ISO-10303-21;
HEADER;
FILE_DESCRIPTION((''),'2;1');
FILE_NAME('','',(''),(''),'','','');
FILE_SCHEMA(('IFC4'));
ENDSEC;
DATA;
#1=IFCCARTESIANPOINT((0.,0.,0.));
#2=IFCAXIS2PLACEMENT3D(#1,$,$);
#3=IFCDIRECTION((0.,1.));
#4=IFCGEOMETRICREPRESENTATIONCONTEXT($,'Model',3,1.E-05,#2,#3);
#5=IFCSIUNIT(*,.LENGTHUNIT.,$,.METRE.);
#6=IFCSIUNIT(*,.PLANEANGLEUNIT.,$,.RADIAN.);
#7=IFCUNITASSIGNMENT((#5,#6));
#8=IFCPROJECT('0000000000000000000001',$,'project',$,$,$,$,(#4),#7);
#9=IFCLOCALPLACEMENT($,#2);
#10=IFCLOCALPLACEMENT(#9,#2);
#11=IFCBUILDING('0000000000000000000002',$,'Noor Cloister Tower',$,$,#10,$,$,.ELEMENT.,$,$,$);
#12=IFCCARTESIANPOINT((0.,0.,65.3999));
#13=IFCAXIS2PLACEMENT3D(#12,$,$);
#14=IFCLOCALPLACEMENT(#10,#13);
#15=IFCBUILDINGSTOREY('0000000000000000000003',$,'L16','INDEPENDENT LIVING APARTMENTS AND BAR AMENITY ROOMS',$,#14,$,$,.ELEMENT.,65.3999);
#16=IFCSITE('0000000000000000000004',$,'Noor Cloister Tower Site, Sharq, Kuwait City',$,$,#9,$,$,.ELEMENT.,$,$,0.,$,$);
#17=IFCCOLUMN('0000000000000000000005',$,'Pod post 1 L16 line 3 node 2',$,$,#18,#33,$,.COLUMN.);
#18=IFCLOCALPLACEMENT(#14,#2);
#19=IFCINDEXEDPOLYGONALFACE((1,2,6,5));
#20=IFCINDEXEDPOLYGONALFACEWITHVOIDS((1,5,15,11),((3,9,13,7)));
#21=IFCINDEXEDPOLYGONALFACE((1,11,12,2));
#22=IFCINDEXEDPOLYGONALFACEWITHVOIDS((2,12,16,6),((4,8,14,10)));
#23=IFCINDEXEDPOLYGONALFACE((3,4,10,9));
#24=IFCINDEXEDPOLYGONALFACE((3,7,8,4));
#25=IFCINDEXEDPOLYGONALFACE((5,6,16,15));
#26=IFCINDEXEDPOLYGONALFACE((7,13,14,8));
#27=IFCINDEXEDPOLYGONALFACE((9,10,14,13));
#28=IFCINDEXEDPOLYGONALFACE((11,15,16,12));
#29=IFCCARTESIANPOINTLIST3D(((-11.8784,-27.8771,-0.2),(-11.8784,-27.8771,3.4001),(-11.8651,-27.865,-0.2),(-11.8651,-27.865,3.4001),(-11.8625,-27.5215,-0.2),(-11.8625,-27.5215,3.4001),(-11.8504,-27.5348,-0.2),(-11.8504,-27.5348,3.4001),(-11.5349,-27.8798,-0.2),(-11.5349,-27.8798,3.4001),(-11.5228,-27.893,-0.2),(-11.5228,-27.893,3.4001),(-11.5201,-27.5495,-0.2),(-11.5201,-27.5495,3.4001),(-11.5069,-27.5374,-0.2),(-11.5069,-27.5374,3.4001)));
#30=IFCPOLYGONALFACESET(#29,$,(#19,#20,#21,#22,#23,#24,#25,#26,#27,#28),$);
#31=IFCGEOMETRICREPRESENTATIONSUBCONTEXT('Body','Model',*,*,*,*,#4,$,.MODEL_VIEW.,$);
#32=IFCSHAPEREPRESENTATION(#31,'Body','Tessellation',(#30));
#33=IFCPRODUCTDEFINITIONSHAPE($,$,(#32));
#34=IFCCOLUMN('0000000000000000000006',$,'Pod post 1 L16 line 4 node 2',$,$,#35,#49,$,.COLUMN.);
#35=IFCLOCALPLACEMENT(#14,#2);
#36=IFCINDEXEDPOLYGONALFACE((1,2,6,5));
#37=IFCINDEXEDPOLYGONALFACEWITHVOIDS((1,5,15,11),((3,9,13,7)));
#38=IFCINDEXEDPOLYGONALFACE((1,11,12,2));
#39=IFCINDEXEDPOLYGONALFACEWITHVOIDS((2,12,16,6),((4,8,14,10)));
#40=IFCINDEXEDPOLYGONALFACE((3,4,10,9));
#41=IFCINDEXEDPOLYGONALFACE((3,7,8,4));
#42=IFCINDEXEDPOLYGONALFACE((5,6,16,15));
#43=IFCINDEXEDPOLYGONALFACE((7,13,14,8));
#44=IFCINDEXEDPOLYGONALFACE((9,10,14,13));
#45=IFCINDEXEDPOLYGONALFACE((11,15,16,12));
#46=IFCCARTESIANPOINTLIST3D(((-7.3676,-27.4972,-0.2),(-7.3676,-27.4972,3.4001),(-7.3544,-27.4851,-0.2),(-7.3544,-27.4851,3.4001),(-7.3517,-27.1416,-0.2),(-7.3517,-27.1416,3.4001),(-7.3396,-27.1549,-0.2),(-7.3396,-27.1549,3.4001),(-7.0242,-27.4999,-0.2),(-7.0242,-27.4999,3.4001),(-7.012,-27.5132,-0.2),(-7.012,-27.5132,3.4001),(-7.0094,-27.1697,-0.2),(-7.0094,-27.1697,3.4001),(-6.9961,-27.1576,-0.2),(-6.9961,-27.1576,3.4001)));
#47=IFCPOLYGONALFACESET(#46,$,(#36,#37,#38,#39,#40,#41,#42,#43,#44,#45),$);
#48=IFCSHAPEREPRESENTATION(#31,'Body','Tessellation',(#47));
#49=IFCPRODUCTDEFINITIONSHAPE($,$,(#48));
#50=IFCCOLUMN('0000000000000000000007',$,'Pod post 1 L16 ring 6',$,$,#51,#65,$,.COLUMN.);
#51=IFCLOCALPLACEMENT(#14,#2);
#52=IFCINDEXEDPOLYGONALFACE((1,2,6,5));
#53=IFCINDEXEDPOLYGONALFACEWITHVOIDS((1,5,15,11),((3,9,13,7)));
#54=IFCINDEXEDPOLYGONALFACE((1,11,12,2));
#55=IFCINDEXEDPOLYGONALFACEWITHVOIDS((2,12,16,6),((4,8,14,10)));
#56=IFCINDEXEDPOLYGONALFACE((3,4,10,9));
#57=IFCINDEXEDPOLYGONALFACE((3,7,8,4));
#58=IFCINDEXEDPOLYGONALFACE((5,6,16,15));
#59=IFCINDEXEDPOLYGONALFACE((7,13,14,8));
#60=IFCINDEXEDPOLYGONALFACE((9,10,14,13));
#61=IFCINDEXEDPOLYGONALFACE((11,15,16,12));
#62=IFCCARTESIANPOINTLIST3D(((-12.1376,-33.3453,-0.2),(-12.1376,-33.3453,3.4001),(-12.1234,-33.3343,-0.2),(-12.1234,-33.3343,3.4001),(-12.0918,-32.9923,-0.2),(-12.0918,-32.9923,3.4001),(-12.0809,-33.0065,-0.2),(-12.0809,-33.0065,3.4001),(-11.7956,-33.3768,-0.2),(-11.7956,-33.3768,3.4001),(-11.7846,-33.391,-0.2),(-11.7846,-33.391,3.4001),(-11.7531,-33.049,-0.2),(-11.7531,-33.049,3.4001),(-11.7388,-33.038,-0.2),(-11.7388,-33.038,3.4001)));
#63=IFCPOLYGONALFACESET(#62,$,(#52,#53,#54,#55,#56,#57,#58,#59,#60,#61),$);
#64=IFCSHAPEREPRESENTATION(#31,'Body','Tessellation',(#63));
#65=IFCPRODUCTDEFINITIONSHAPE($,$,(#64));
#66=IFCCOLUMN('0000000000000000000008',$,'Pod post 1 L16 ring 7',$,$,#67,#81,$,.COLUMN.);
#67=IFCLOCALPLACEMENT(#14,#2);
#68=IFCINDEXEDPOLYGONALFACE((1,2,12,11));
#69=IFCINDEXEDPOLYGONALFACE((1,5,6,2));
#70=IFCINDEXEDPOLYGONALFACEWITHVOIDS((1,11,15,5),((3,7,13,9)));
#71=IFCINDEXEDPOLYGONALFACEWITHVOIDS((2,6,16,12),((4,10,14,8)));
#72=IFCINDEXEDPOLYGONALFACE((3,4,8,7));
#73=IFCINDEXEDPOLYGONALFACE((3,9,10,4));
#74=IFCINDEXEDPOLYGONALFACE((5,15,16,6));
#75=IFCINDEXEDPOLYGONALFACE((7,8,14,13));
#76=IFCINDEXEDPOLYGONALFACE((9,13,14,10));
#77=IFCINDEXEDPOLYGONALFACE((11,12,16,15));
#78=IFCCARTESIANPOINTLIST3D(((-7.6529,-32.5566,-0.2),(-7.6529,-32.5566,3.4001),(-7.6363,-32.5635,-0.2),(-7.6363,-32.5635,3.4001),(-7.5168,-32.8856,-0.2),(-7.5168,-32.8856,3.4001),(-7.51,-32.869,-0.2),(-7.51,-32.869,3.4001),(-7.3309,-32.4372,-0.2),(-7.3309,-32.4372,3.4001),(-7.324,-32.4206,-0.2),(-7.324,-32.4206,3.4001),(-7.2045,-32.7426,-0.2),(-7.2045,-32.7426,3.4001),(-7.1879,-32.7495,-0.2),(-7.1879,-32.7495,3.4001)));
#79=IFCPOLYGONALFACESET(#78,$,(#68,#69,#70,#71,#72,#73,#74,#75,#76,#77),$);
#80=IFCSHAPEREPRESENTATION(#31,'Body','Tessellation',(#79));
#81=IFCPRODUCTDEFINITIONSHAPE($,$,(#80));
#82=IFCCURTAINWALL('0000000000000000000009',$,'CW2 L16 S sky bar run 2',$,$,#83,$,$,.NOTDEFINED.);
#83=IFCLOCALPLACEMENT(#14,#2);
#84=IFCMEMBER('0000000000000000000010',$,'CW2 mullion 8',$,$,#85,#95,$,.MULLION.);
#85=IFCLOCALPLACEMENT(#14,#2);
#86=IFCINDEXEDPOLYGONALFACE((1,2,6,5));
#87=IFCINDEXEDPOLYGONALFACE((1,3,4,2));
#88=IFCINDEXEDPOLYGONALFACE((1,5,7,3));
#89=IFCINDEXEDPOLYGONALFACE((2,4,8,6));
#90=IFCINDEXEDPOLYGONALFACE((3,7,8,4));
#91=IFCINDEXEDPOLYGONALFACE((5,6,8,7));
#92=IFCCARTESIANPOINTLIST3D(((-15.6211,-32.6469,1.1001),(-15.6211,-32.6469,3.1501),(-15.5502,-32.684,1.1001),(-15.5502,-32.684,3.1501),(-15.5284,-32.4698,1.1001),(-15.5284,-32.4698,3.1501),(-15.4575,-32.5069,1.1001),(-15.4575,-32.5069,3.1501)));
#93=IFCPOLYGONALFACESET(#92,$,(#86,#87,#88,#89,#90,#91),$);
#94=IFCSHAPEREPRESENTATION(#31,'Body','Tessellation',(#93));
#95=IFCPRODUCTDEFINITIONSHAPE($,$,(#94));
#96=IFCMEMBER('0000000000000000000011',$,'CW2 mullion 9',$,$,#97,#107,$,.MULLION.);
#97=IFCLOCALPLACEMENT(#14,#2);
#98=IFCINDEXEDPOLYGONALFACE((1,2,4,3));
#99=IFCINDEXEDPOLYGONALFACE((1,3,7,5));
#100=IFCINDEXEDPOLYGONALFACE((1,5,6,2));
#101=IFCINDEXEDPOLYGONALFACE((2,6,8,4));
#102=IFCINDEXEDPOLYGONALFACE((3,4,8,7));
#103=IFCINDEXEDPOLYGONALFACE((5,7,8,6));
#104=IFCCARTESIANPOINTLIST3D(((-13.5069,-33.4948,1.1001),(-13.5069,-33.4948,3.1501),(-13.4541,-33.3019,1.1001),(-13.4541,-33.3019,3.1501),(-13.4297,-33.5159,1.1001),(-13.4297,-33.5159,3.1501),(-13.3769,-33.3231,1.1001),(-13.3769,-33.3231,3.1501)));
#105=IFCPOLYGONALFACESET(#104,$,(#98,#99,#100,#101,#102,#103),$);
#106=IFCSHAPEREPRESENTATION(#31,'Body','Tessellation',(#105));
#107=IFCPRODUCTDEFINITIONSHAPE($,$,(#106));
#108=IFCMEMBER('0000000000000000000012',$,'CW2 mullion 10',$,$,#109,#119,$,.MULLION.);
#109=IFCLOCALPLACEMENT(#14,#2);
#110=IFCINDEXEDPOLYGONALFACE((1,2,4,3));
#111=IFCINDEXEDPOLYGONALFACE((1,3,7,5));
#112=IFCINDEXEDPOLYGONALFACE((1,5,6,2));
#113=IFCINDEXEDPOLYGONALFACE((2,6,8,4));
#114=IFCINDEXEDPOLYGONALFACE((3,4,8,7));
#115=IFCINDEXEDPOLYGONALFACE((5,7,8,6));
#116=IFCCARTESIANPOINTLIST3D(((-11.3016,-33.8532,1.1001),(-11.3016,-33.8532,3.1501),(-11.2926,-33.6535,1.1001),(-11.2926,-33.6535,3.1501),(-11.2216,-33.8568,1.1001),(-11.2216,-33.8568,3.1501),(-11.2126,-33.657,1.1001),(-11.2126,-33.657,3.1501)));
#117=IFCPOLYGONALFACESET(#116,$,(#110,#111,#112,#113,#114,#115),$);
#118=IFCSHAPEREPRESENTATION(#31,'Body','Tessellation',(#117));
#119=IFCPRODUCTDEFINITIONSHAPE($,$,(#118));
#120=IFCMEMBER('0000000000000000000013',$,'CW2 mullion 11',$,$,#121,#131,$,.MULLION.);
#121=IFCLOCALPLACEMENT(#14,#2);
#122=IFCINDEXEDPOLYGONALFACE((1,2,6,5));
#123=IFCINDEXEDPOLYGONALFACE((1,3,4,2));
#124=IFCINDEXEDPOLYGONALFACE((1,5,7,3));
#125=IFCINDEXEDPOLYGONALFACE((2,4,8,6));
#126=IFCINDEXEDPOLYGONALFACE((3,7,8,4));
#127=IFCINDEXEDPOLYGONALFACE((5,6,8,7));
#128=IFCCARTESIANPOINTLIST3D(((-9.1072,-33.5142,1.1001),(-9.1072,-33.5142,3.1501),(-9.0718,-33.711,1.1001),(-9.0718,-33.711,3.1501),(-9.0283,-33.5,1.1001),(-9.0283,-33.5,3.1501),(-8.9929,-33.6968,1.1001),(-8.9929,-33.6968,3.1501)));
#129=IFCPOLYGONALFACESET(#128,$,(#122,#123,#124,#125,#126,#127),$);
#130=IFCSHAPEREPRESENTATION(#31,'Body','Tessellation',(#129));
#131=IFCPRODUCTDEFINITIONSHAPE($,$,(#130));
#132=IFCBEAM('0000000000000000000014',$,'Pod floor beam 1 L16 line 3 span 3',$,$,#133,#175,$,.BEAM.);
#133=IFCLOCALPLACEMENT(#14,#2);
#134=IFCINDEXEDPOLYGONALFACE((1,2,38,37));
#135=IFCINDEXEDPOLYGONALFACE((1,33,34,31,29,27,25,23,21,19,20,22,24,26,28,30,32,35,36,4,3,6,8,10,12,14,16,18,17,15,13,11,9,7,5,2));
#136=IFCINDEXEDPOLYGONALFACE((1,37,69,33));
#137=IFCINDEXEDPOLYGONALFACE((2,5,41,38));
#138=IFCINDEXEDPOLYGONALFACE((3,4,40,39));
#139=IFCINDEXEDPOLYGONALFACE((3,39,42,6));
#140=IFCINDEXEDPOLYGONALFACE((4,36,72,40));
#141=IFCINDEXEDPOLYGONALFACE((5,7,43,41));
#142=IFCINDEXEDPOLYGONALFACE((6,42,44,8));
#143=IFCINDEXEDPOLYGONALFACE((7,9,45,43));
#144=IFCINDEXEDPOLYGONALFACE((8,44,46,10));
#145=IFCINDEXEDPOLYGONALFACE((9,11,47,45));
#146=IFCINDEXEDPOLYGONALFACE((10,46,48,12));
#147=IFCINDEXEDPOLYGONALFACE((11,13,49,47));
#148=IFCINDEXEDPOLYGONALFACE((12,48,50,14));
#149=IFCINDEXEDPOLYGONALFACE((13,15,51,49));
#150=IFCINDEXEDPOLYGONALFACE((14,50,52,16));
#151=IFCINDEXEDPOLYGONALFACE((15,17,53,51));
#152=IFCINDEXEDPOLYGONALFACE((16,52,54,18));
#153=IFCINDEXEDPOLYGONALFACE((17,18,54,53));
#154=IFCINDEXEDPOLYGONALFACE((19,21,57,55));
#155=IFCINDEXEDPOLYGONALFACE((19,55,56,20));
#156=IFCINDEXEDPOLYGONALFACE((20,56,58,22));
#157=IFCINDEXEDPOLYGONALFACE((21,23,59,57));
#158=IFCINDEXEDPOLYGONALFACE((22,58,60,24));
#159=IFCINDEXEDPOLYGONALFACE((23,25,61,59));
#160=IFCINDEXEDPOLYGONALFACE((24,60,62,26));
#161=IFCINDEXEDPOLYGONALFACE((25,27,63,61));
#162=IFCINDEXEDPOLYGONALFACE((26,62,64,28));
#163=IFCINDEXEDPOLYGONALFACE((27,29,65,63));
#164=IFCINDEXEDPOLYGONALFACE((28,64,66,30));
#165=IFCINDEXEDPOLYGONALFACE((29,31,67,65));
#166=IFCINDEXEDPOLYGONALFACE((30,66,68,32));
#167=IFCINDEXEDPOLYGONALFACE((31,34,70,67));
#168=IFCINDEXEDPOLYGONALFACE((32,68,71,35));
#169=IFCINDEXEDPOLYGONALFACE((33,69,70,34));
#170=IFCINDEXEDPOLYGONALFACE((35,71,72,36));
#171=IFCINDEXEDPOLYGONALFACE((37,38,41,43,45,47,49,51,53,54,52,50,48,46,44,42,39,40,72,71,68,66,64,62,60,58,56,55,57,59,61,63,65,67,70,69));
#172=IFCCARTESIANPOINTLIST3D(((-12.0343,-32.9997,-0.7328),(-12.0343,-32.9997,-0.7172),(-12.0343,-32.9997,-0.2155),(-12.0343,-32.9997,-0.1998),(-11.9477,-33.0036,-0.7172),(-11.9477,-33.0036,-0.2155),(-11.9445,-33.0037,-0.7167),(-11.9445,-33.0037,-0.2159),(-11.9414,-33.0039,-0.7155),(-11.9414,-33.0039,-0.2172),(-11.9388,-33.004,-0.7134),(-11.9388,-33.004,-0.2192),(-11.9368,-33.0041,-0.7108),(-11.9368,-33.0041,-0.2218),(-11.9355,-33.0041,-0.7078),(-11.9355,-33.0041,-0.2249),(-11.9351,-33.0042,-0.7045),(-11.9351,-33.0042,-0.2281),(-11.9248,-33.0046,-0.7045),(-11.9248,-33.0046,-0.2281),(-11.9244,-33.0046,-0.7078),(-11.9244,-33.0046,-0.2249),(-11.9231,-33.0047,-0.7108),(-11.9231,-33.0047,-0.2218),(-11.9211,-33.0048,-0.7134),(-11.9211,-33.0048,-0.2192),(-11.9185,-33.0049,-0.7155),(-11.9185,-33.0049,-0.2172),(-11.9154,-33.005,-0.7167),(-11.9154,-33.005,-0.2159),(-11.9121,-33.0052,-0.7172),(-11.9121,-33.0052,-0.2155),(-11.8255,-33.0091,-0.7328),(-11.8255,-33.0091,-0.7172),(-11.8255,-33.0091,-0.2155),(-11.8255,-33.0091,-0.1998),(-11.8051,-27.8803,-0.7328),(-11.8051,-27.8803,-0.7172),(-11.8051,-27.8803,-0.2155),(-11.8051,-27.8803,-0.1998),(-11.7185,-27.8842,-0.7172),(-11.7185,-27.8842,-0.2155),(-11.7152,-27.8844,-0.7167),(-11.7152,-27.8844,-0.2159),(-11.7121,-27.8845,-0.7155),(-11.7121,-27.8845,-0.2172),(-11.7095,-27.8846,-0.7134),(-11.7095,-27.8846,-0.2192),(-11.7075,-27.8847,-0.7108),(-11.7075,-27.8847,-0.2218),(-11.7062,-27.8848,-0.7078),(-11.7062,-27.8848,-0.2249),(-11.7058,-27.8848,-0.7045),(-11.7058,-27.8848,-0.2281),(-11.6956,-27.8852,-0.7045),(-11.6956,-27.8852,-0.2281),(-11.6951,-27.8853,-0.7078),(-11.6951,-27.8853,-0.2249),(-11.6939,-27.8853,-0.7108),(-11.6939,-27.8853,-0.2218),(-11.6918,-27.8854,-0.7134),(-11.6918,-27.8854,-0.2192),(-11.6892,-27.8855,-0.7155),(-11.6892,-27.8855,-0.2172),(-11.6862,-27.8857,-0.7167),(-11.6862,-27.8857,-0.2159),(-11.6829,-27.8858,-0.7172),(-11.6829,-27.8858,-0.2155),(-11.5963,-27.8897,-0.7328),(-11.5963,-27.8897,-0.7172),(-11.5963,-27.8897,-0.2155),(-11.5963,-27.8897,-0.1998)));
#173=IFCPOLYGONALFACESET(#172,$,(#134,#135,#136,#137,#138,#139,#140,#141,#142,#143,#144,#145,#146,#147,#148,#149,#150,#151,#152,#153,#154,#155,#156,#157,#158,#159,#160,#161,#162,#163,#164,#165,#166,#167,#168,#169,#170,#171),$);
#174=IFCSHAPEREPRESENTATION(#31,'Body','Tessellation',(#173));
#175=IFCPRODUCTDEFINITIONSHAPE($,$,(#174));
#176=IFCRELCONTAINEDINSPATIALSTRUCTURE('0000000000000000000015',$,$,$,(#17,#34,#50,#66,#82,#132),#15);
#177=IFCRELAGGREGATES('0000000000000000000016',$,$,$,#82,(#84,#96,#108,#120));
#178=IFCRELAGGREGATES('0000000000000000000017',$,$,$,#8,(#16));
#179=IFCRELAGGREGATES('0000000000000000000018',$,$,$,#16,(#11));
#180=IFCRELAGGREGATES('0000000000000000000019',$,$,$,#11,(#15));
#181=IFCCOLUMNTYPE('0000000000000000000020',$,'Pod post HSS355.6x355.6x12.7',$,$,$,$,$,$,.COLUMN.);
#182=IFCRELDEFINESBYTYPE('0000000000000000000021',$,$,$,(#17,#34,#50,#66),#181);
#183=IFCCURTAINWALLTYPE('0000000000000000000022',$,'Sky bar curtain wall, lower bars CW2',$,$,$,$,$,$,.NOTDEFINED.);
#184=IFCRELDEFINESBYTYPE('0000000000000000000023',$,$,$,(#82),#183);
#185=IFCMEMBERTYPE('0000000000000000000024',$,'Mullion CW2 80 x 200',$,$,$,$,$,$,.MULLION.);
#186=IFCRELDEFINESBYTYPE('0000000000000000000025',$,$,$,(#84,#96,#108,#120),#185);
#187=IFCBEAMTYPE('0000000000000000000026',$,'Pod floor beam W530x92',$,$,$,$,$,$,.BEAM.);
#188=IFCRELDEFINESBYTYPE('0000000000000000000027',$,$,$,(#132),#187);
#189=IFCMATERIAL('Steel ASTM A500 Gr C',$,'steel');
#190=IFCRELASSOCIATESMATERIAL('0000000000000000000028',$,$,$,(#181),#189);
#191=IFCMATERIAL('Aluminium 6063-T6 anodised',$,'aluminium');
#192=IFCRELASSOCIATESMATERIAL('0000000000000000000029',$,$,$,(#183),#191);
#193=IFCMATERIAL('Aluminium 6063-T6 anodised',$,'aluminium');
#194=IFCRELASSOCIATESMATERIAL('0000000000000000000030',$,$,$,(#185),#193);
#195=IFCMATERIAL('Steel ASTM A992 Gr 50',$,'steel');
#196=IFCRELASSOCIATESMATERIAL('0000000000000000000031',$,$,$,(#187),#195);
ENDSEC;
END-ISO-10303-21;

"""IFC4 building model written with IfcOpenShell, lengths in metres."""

from ifc_helpers import new_model, si_unit, direction, frame, origin, origin_2d, place, context, subcontext, project, spatial, rectangle, hollow_rectangle, i_section, extrude, material, material_profile, profile_set, type_object, element, aggregate, save


model = new_model("IFC4")

# Units and contexts
model_context = context("Model", 3, precision=1e-05, world=origin(), true_north=direction((0.0, 1.0)))
body_context = subcontext(model_context, "Body", "Model", "MODEL_VIEW")
ifc_project = project(units=[si_unit("LENGTHUNIT", "METRE"), si_unit("PLANEANGLEUNIT", "RADIAN")], contexts=[model_context])

# Site, building, storey
site_placement = place(None, origin())
site = spatial("IfcSite", under=ifc_project, at=site_placement, Name="Noor Cloister Tower Site, Sharq, Kuwait City", CompositionType="ELEMENT", RefElevation=0.0)
building_placement = place(site_placement, origin())
building = spatial("IfcBuilding", under=site, at=building_placement, Name="Noor Cloister Tower", CompositionType="ELEMENT")
storey_placement = place(building_placement, frame((0.0, 0.0, 65.3999)))
storey = spatial("IfcBuildingStorey", under=building, at=storey_placement, Name="L16", Description="INDEPENDENT LIVING APARTMENTS AND BAR AMENITY ROOMS", CompositionType="ELEMENT", Elevation=65.3999)

# Columns
ifc_material_1 = material(Name="Steel ASTM A500 Gr C", Category="steel")
ifc_material_profile_1 = material_profile(ifc_material_1, hollow_rectangle(XDim=0.356, YDim=0.356, WallThickness=0.0127, at=origin_2d()), Name="HSS355.6x355.6x12.7")
ifc_profile_set_1 = profile_set([ifc_material_profile_1], Name="Steel ASTM A500 Gr C")
column_type = type_object("IfcColumnType", Name="Pod post HSS355.6x355.6x12.7", PredefinedType="COLUMN", material=ifc_profile_set_1)
for number, where, z_axis, x_axis, name in (
    (1, (-11.6926, -27.7073, -0.2), (0.0, 0.0, 1.0), (-0.044724, -0.998999, 0.0), "Pod post 1 L16 line 3 node 2"),
    (2, (-7.1819, -27.3274, -0.2), (0.0, 0.0, 1.0), (-0.044724, -0.998999, 0.0), "Pod post 1 L16 line 4 node 2"),
    (3, (-11.9382, -33.1917, -0.2), (0.0, 0.0, 1.0), (0.991694, -0.128621, 0.0), "Pod post 1 L16 ring 6"),
    (4, (-7.4204, -32.6531, -0.2), (0.0, 0.0, 1.0), (0.924064, 0.382238, 0.0), "Pod post 1 L16 ring 7"),
):
    element("IfcColumn", number, at=place(storey_placement, frame(where, z_axis=z_axis, x_axis=x_axis)), inside=storey, type_object=column_type, Name=name, PredefinedType="COLUMN", context=body_context, shape_type="SweptSolid", body=[
        extrude(hollow_rectangle(XDim=0.356, YDim=0.356, WallThickness=0.0127, at=origin_2d()), origin(), (0.0, 0.0, 1.0), 3.6001),
    ])

# Curtain wall, members
ifc_material_2 = material(Name="Aluminium 6063-T6 anodised", Category="aluminium")
curtain_wall_type = type_object("IfcCurtainWallType", Name="Sky bar curtain wall, lower bars CW2", PredefinedType="NOTDEFINED", material=ifc_material_2)
curtain_wall_placement = place(storey_placement, origin())
curtain_wall = element("IfcCurtainWall", 5, at=curtain_wall_placement, inside=storey, type_object=curtain_wall_type, Name="CW2 L16 S sky bar run 2", PredefinedType="NOTDEFINED")
ifc_material_3 = material(Name="Aluminium 6063-T6 anodised", Category="aluminium")
ifc_material_profile_2 = material_profile(ifc_material_3, rectangle(XDim=0.2, YDim=0.0801, at=origin_2d()), Name="200 x 80 mullion")
ifc_profile_set_2 = profile_set([ifc_material_profile_2], Name="Aluminium 6063-T6 anodised")
member_type = type_object("IfcMemberType", Name="Mullion CW2 80 x 200", PredefinedType="MULLION", material=ifc_profile_set_2)
member_1_placement = place(storey_placement, frame((-15.5393, -32.5769, 1.1001), z_axis=(0.0, 0.0, 1.0), x_axis=(0.463586, 0.886052, 0.0)))
member_1 = element("IfcMember", 6, at=member_1_placement, type_object=member_type, Name="CW2 mullion 8", PredefinedType="MULLION", context=body_context, shape_type="SweptSolid", body=[
    extrude(rectangle(XDim=0.2, YDim=0.0801, at=origin_2d()), origin(), (0.0, 0.0, 1.0), 2.05),
])
member_2_placement = place(storey_placement, frame((-13.4419, -33.4089, 1.1001), z_axis=(0.0, 0.0, 1.0), x_axis=(0.264226, 0.964461, 0.0)))
member_2 = element("IfcMember", 7, at=member_2_placement, type_object=member_type, Name="CW2 mullion 9", PredefinedType="MULLION", context=body_context, shape_type="SweptSolid", body=[
    extrude(rectangle(XDim=0.2, YDim=0.0801, at=origin_2d()), origin(), (0.0, 0.0, 1.0), 2.05),
])
member_3_placement = place(storey_placement, frame((-11.2571, -33.7551, 1.1001), z_axis=(0.0, 0.0, 1.0), x_axis=(0.044724, 0.998999, 0.0)))
member_3 = element("IfcMember", 8, at=member_3_placement, type_object=member_type, Name="CW2 mullion 10", PredefinedType="MULLION", context=body_context, shape_type="SweptSolid", body=[
    extrude(rectangle(XDim=0.2, YDim=0.0801, at=origin_2d()), origin(), (0.0, 0.0, 1.0), 2.05),
])
member_4_placement = place(storey_placement, frame((-9.05, -33.6055, 1.1001), z_axis=(0.0, 0.0, 1.0), x_axis=(-0.176986, 0.984213, 0.0)))
member_4 = element("IfcMember", 9, at=member_4_placement, type_object=member_type, Name="CW2 mullion 11", PredefinedType="MULLION", context=body_context, shape_type="SweptSolid", body=[
    extrude(rectangle(XDim=0.2, YDim=0.0801, at=origin_2d()), origin(), (0.0, 0.0, 1.0), 2.05),
])

# Beam
ifc_material_4 = material(Name="Steel ASTM A992 Gr 50", Category="steel")
ifc_material_profile_3 = material_profile(ifc_material_4, i_section(OverallWidth=0.209, OverallDepth=0.533, WebThickness=0.0103, FlangeThickness=0.0156, FilletRadius=0.0127, at=origin_2d()), Name="W530x92")
ifc_profile_set_3 = profile_set([ifc_material_profile_3], Name="Steel ASTM A992 Gr 50")
beam_type = type_object("IfcBeamType", Name="Pod floor beam W530x92", PredefinedType="BEAM", material=ifc_profile_set_3)
beam_1_placement = place(storey_placement, frame((-11.7007, -27.885, -0.4663), z_axis=(-0.044736, -0.998999, 0.0), x_axis=(0.998999, -0.044736, 0.0)))
element("IfcBeam", 10, at=beam_1_placement, inside=storey, type_object=beam_type, Name="Pod floor beam 1 L16 line 3 span 3", PredefinedType="BEAM", context=body_context, shape_type="SweptSolid", body=[
    extrude(i_section(OverallWidth=0.209, OverallDepth=0.533, WebThickness=0.0103, FlangeThickness=0.0156, FilletRadius=0.0127, at=origin_2d()), origin(), (0.0, 0.0, 1.0), 5.1245),
])

aggregate(curtain_wall, [member_1, member_2, member_3, member_4])

save(model, "model.ifc")
